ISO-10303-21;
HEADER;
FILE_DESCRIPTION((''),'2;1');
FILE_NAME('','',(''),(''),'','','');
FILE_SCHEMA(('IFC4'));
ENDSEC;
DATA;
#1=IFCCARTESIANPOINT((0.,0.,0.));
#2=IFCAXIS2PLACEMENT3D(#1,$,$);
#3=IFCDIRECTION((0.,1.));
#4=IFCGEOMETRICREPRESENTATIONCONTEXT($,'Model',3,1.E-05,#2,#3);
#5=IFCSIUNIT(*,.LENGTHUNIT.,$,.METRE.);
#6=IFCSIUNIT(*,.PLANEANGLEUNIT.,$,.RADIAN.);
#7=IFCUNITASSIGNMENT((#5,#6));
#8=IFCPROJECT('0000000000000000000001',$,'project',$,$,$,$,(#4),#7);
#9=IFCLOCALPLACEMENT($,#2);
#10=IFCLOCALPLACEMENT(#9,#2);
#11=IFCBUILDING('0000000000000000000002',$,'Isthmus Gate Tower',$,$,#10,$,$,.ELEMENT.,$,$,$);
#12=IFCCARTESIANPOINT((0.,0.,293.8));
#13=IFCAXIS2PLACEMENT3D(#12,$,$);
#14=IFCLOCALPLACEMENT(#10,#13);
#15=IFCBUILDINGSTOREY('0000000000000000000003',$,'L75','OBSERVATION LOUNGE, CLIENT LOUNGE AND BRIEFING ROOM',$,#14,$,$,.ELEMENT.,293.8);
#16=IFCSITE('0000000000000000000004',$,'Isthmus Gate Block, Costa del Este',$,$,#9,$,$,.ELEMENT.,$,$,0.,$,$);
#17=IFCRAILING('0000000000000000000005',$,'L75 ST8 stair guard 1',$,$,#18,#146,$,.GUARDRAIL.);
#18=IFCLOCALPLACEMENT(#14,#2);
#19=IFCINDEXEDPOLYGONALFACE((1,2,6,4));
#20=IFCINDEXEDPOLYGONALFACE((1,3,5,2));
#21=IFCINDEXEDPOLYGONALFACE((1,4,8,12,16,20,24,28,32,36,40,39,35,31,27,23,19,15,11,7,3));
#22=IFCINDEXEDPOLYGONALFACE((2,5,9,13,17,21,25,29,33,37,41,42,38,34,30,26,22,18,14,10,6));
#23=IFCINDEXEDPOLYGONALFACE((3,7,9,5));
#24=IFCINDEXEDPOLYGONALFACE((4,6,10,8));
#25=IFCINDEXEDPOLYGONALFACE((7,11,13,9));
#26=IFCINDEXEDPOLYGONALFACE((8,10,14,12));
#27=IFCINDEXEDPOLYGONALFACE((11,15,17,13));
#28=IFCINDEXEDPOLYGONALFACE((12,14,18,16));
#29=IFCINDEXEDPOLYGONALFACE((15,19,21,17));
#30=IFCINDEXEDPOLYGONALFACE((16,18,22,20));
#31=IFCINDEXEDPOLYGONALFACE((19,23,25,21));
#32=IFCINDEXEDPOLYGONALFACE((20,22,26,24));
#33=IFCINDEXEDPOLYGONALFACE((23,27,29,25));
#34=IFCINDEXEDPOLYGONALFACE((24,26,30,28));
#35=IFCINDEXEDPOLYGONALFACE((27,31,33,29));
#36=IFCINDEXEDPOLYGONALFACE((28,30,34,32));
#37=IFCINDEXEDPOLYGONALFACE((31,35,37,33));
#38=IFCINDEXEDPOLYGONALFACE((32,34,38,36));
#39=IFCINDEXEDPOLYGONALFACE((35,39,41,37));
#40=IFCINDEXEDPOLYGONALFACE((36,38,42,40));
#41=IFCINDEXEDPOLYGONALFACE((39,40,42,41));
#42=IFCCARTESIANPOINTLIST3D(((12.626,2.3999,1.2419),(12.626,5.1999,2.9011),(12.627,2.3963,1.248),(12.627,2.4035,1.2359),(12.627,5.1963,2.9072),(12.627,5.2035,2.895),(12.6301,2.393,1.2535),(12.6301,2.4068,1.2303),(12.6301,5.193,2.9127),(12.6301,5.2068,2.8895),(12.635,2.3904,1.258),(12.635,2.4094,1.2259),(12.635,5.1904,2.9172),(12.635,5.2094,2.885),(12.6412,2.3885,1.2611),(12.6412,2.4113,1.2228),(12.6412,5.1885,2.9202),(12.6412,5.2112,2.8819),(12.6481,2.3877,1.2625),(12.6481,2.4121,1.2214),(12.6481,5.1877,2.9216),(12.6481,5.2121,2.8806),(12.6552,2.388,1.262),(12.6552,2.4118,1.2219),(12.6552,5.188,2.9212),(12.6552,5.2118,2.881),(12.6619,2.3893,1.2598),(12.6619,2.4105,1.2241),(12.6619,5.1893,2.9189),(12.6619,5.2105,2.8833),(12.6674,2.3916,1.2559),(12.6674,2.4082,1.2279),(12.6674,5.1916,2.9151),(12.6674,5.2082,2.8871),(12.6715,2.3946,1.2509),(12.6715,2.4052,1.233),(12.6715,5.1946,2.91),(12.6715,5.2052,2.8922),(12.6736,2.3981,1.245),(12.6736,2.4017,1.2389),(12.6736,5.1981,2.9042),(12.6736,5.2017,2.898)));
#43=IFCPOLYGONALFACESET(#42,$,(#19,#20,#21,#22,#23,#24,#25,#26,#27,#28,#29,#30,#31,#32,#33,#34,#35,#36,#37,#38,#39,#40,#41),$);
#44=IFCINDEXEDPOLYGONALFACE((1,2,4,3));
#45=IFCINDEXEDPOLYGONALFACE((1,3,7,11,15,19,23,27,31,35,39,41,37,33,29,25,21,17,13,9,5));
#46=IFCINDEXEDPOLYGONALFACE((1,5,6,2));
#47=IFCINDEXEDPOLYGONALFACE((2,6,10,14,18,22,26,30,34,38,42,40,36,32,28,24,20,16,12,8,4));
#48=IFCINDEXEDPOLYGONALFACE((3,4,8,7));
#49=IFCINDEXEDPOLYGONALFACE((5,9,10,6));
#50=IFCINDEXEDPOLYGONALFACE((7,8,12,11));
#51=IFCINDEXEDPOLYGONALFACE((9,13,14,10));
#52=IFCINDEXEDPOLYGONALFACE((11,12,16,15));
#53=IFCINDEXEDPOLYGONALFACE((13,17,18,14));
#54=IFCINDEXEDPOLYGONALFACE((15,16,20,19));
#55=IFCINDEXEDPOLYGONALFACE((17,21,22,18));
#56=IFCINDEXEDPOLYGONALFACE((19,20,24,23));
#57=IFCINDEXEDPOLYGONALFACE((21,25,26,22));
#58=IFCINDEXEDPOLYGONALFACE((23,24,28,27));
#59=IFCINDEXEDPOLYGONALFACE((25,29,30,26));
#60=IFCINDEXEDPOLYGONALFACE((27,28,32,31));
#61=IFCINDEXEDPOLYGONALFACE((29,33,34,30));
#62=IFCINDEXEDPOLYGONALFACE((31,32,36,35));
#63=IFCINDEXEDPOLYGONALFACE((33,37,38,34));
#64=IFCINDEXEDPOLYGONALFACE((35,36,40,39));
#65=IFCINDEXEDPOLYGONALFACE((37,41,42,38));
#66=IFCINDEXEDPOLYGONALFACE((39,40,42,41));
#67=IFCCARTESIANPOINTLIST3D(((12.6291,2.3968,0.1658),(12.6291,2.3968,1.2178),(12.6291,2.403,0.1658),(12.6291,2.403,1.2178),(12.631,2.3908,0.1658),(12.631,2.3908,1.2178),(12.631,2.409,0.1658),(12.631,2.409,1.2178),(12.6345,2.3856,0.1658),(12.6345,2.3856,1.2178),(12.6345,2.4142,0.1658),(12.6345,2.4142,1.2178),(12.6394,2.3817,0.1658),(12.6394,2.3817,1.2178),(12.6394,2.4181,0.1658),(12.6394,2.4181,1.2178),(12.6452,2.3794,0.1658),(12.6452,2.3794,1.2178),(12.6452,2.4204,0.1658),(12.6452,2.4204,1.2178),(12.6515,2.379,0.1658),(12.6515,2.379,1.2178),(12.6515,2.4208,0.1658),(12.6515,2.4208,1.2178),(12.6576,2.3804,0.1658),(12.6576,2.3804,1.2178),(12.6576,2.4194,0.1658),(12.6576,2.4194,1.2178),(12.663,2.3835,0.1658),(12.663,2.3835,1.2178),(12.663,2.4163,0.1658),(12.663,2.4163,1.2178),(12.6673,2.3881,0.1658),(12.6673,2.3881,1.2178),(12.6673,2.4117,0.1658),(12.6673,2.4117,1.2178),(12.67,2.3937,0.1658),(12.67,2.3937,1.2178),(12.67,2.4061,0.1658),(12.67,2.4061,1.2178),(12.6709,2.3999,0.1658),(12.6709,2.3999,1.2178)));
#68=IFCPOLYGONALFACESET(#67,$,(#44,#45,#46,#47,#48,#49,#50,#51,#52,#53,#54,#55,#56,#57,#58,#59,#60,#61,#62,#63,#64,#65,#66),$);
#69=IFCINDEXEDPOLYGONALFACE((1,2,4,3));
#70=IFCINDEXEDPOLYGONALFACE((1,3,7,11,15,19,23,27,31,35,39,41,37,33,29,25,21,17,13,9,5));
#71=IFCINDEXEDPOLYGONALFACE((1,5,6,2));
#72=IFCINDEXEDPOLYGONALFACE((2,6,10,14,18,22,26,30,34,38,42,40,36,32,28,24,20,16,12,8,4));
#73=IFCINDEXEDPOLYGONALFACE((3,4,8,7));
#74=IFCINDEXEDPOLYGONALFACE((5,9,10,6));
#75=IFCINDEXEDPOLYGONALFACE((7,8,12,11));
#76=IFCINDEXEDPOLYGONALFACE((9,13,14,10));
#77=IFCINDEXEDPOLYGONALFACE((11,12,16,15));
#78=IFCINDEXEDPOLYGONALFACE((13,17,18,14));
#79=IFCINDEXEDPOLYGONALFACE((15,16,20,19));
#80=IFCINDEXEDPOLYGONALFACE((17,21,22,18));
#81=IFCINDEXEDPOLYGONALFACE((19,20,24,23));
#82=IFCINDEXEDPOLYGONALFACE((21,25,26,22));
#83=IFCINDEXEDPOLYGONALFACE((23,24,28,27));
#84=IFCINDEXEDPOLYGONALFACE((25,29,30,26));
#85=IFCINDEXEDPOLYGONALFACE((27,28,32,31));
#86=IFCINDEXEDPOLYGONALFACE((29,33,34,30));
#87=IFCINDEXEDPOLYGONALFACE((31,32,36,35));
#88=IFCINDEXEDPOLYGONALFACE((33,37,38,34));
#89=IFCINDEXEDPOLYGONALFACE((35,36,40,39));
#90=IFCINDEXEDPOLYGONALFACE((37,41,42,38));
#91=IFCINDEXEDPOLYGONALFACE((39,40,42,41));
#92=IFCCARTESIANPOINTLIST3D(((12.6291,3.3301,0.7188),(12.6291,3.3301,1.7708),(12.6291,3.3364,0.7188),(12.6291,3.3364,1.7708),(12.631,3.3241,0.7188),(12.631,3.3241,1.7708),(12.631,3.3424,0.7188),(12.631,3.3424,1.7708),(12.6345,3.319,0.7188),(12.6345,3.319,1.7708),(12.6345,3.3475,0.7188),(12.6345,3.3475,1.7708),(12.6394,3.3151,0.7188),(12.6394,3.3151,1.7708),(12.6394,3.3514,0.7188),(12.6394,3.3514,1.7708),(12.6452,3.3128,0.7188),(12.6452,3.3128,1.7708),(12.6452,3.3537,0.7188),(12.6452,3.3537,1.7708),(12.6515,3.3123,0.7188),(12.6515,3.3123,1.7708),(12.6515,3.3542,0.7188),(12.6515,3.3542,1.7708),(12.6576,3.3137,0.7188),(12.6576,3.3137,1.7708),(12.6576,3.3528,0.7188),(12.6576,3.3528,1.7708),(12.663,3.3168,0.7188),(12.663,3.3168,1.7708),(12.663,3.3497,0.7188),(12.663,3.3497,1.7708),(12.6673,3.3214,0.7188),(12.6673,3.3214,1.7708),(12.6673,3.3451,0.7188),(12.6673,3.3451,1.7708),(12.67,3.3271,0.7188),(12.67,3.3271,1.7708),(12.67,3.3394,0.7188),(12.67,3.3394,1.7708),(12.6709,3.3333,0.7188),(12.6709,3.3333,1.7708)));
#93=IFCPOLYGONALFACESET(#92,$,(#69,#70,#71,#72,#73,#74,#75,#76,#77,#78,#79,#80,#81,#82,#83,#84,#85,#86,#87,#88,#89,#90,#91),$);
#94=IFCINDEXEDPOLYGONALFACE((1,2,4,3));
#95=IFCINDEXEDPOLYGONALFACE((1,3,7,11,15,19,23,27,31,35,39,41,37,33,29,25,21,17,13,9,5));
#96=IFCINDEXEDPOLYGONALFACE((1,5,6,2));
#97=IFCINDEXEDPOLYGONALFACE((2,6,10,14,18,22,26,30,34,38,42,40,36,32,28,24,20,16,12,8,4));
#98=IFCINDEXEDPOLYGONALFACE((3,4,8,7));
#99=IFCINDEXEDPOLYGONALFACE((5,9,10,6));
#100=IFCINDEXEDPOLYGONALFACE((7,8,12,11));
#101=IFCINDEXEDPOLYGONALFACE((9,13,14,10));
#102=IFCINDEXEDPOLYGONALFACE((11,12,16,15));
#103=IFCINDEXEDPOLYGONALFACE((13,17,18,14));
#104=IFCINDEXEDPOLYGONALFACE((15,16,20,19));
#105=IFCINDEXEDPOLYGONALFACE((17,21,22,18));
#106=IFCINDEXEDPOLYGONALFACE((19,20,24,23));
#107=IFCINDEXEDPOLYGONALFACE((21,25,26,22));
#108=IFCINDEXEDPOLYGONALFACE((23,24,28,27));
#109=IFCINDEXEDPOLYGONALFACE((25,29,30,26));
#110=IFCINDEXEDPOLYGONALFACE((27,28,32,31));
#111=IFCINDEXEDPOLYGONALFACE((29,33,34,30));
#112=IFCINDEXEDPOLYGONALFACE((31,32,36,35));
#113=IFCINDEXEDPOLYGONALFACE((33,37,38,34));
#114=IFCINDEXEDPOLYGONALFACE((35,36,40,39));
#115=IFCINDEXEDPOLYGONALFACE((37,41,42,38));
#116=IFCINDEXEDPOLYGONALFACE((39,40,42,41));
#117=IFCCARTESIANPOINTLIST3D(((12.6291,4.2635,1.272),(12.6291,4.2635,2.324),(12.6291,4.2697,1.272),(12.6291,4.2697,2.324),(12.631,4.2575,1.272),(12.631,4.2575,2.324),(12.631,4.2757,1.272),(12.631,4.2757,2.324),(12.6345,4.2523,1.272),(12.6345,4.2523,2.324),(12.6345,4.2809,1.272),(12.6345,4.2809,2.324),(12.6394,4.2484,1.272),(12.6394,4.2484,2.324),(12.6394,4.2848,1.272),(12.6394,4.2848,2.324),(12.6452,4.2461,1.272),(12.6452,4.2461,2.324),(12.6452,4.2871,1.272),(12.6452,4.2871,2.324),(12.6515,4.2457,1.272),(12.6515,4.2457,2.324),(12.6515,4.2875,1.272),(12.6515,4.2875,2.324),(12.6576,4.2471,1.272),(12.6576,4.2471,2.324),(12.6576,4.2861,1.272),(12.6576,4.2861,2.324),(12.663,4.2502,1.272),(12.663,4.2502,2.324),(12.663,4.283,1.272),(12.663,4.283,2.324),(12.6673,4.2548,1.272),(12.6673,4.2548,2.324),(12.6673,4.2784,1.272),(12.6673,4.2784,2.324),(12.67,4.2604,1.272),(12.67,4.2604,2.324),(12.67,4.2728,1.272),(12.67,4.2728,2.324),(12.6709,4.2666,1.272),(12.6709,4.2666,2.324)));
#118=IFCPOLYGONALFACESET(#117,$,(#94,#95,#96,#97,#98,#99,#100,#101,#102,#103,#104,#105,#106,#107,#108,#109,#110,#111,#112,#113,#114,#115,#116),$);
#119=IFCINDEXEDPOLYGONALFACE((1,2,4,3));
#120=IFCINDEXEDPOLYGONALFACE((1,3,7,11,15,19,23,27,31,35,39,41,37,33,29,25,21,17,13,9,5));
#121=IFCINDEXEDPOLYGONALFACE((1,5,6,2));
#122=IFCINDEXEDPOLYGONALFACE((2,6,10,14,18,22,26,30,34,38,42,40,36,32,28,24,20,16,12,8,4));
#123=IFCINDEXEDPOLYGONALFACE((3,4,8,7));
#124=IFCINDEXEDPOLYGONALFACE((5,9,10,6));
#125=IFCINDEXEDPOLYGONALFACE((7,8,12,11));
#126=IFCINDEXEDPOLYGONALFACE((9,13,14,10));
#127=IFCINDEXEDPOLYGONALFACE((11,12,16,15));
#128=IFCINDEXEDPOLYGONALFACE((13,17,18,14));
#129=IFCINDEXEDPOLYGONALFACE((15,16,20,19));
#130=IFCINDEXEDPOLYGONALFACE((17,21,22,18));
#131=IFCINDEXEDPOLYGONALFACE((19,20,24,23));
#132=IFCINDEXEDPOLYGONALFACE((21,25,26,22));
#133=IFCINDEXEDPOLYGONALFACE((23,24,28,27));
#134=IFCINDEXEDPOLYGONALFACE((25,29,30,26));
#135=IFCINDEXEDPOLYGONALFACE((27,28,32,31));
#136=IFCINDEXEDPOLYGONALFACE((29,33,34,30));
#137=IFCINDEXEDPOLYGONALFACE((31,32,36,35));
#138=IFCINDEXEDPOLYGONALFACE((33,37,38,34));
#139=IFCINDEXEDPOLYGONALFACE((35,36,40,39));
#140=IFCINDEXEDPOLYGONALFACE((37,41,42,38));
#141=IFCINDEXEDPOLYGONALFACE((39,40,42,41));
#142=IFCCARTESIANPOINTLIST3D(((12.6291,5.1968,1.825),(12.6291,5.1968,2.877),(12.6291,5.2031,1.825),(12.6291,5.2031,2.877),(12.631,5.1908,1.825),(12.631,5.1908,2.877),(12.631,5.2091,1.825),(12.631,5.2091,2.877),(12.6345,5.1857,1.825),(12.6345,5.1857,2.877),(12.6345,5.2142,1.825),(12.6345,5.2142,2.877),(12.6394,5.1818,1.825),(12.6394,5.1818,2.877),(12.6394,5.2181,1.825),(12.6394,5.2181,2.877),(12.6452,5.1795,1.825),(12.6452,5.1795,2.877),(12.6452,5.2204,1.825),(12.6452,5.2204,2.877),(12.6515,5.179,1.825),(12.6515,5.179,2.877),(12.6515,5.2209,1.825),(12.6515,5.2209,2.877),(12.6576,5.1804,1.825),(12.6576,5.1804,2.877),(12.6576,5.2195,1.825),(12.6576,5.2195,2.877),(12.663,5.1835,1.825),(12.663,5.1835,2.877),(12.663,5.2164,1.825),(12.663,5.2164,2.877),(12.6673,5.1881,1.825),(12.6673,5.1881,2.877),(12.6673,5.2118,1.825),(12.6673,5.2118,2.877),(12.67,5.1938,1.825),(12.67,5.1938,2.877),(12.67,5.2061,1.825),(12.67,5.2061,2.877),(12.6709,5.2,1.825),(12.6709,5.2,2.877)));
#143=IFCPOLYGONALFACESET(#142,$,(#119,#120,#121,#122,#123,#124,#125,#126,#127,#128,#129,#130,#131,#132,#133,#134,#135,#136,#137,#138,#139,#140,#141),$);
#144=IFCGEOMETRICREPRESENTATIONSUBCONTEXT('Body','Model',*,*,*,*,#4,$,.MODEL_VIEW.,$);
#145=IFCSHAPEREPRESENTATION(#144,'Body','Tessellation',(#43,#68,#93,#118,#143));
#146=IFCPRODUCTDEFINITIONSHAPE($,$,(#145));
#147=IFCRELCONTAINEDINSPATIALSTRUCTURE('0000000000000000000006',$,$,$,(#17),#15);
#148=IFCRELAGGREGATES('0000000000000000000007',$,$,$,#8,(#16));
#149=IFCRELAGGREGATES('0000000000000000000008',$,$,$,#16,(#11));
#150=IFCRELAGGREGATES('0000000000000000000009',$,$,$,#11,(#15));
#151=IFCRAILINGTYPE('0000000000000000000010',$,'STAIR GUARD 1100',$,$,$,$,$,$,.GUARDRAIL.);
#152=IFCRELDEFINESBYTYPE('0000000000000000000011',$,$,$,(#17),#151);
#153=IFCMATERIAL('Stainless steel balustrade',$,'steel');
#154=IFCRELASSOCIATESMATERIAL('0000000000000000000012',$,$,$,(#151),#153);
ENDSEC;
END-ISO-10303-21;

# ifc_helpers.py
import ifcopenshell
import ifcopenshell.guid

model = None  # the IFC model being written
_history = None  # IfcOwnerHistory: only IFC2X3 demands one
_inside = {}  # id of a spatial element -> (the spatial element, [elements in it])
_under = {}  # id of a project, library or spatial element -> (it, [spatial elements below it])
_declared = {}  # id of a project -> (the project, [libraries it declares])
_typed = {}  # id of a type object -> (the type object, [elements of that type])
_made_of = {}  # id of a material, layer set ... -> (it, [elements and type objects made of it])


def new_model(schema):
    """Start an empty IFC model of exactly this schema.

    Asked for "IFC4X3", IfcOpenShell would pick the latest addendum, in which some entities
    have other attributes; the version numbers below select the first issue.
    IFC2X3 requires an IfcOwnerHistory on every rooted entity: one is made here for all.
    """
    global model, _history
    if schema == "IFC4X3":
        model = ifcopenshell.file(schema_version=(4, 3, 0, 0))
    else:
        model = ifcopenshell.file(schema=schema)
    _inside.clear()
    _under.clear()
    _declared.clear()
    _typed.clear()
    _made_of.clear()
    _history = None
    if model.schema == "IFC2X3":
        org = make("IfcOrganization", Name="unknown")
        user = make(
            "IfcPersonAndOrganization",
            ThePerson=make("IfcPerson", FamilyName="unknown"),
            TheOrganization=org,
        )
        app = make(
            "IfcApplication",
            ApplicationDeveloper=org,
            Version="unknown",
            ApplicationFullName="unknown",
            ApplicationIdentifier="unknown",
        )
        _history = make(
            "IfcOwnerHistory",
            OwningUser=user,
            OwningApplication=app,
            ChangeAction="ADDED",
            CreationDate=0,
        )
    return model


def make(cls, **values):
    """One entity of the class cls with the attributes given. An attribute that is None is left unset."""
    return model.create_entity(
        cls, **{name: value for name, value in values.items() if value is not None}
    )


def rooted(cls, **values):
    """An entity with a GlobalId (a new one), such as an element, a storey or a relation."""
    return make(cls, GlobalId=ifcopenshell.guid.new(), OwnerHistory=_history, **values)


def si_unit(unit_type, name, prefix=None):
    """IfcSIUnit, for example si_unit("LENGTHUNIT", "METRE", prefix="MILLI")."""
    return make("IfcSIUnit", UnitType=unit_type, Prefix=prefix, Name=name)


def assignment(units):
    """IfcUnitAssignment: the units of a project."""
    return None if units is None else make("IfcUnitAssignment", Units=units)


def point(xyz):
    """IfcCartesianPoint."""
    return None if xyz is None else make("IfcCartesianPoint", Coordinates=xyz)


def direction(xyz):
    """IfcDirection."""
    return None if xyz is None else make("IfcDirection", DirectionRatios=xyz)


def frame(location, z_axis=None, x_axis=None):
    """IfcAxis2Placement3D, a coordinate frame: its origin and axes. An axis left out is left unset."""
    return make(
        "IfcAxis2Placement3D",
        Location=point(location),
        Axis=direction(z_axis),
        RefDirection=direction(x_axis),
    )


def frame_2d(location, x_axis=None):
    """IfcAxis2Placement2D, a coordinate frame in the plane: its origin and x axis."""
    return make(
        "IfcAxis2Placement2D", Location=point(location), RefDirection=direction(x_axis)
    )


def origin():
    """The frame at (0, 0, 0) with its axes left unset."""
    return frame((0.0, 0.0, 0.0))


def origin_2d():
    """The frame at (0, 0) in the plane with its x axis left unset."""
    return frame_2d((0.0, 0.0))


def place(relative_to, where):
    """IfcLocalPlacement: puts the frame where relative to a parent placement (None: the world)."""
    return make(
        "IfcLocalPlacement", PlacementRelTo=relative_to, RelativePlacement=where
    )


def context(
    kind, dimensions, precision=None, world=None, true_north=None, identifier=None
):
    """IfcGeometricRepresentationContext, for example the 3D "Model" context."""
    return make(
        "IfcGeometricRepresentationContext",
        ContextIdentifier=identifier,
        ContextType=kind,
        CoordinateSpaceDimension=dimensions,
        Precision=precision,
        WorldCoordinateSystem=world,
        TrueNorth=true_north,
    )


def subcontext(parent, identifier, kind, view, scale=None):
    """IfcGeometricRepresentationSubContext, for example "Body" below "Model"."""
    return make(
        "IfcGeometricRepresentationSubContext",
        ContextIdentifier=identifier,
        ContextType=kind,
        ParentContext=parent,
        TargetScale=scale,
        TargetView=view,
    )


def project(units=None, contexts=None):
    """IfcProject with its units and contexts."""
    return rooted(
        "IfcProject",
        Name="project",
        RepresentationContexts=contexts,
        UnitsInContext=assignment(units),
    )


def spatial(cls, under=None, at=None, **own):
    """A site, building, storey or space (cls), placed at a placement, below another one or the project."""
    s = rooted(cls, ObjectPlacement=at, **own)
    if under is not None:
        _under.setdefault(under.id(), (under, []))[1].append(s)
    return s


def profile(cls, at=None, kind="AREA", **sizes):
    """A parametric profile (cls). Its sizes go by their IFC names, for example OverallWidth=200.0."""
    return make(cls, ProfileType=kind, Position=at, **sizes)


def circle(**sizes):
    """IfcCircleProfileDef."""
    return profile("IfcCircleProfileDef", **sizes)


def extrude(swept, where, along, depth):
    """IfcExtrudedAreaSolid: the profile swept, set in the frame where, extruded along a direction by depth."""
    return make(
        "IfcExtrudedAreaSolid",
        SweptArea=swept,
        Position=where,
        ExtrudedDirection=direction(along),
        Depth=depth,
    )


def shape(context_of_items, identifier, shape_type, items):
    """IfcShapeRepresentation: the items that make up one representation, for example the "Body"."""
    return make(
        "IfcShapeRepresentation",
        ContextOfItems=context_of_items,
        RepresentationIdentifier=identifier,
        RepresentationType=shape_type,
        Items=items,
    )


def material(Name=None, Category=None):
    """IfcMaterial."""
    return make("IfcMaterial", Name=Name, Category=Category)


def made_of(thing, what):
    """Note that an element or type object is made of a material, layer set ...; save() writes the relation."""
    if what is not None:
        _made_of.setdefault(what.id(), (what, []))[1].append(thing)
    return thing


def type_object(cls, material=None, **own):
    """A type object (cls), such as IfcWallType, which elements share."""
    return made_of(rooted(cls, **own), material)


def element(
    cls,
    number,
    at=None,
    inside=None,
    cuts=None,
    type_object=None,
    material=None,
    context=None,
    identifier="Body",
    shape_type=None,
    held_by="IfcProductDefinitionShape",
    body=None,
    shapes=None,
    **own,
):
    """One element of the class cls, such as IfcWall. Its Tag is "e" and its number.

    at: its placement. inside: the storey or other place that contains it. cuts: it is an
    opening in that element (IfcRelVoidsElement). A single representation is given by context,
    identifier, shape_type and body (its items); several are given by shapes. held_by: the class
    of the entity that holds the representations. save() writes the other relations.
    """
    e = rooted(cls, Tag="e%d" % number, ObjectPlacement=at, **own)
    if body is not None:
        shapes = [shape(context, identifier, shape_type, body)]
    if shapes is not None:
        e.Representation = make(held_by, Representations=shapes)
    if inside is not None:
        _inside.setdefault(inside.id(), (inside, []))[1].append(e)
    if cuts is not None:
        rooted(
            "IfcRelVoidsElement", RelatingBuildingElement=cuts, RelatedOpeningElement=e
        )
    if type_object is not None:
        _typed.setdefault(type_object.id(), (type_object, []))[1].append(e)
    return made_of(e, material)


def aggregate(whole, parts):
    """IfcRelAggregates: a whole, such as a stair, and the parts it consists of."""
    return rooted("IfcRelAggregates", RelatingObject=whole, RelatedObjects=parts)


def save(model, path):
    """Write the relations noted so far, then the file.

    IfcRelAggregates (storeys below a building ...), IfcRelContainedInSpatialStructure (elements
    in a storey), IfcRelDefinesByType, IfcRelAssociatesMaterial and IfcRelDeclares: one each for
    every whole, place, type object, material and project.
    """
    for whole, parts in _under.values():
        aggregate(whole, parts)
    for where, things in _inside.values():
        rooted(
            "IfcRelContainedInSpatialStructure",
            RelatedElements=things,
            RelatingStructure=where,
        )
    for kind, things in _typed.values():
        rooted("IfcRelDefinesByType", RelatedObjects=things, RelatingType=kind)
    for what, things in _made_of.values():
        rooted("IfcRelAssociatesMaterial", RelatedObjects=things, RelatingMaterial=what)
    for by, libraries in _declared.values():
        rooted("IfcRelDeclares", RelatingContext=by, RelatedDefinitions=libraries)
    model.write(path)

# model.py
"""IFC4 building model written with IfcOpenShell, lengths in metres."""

from ifc_helpers import new_model, si_unit, direction, frame, origin, origin_2d, place, context, subcontext, project, spatial, circle, extrude, material, type_object, element, save


model = new_model("IFC4")

# Units and contexts
model_context = context("Model", 3, precision=1e-05, world=origin(), true_north=direction((0.0, 1.0)))
body_context = subcontext(model_context, "Body", "Model", "MODEL_VIEW")
ifc_project = project(units=[si_unit("LENGTHUNIT", "METRE"), si_unit("PLANEANGLEUNIT", "RADIAN")], contexts=[model_context])

# Site, building, storey
site_placement = place(None, origin())
site = spatial("IfcSite", under=ifc_project, at=site_placement, Name="Isthmus Gate Block, Costa del Este", CompositionType="ELEMENT", RefElevation=0.0)
building_placement = place(site_placement, origin())
building = spatial("IfcBuilding", under=site, at=building_placement, Name="Isthmus Gate Tower", CompositionType="ELEMENT")
storey_placement = place(building_placement, frame((0.0, 0.0, 293.8)))
storey = spatial("IfcBuildingStorey", under=building, at=storey_placement, Name="L75", Description="OBSERVATION LOUNGE, CLIENT LOUNGE AND BRIEFING ROOM", CompositionType="ELEMENT", Elevation=293.8)

# Railing
ifc_material_1 = material(Name="Stainless steel balustrade", Category="steel")
railing_type_1 = type_object("IfcRailingType", Name="STAIR GUARD 1100", PredefinedType="GUARDRAIL", material=ifc_material_1)
railing_1_placement = place(storey_placement, frame((12.6499, 2.3999, 0.1658)))
element("IfcRailing", 1, at=railing_1_placement, inside=storey, type_object=railing_type_1, Name="L75 ST8 stair guard 1", PredefinedType="GUARDRAIL", context=body_context, shape_type="SweptSolid", body=[
    extrude(circle(Radius=0.0239, at=origin_2d()), frame((0.0, 0.0, 1.0762), z_axis=(0.0, 0.860306, 0.509778), x_axis=(-1.0, 0.0, 0.0)), (0.0, 0.0, 1.0), 3.2546),
    extrude(circle(Radius=0.021, at=origin_2d()), origin(), (0.0, 0.0, 1.0), 1.052),
    extrude(circle(Radius=0.021, at=origin_2d()), frame((0.0, 0.9333, 0.553)), (0.0, 0.0, 1.0), 1.052),
    extrude(circle(Radius=0.021, at=origin_2d()), frame((0.0, 1.8667, 1.1062)), (0.0, 0.0, 1.0), 1.052),
    extrude(circle(Radius=0.021, at=origin_2d()), frame((0.0, 2.8, 1.6592)), (0.0, 0.0, 1.0), 1.052),
])

save(model, "model.ifc")
